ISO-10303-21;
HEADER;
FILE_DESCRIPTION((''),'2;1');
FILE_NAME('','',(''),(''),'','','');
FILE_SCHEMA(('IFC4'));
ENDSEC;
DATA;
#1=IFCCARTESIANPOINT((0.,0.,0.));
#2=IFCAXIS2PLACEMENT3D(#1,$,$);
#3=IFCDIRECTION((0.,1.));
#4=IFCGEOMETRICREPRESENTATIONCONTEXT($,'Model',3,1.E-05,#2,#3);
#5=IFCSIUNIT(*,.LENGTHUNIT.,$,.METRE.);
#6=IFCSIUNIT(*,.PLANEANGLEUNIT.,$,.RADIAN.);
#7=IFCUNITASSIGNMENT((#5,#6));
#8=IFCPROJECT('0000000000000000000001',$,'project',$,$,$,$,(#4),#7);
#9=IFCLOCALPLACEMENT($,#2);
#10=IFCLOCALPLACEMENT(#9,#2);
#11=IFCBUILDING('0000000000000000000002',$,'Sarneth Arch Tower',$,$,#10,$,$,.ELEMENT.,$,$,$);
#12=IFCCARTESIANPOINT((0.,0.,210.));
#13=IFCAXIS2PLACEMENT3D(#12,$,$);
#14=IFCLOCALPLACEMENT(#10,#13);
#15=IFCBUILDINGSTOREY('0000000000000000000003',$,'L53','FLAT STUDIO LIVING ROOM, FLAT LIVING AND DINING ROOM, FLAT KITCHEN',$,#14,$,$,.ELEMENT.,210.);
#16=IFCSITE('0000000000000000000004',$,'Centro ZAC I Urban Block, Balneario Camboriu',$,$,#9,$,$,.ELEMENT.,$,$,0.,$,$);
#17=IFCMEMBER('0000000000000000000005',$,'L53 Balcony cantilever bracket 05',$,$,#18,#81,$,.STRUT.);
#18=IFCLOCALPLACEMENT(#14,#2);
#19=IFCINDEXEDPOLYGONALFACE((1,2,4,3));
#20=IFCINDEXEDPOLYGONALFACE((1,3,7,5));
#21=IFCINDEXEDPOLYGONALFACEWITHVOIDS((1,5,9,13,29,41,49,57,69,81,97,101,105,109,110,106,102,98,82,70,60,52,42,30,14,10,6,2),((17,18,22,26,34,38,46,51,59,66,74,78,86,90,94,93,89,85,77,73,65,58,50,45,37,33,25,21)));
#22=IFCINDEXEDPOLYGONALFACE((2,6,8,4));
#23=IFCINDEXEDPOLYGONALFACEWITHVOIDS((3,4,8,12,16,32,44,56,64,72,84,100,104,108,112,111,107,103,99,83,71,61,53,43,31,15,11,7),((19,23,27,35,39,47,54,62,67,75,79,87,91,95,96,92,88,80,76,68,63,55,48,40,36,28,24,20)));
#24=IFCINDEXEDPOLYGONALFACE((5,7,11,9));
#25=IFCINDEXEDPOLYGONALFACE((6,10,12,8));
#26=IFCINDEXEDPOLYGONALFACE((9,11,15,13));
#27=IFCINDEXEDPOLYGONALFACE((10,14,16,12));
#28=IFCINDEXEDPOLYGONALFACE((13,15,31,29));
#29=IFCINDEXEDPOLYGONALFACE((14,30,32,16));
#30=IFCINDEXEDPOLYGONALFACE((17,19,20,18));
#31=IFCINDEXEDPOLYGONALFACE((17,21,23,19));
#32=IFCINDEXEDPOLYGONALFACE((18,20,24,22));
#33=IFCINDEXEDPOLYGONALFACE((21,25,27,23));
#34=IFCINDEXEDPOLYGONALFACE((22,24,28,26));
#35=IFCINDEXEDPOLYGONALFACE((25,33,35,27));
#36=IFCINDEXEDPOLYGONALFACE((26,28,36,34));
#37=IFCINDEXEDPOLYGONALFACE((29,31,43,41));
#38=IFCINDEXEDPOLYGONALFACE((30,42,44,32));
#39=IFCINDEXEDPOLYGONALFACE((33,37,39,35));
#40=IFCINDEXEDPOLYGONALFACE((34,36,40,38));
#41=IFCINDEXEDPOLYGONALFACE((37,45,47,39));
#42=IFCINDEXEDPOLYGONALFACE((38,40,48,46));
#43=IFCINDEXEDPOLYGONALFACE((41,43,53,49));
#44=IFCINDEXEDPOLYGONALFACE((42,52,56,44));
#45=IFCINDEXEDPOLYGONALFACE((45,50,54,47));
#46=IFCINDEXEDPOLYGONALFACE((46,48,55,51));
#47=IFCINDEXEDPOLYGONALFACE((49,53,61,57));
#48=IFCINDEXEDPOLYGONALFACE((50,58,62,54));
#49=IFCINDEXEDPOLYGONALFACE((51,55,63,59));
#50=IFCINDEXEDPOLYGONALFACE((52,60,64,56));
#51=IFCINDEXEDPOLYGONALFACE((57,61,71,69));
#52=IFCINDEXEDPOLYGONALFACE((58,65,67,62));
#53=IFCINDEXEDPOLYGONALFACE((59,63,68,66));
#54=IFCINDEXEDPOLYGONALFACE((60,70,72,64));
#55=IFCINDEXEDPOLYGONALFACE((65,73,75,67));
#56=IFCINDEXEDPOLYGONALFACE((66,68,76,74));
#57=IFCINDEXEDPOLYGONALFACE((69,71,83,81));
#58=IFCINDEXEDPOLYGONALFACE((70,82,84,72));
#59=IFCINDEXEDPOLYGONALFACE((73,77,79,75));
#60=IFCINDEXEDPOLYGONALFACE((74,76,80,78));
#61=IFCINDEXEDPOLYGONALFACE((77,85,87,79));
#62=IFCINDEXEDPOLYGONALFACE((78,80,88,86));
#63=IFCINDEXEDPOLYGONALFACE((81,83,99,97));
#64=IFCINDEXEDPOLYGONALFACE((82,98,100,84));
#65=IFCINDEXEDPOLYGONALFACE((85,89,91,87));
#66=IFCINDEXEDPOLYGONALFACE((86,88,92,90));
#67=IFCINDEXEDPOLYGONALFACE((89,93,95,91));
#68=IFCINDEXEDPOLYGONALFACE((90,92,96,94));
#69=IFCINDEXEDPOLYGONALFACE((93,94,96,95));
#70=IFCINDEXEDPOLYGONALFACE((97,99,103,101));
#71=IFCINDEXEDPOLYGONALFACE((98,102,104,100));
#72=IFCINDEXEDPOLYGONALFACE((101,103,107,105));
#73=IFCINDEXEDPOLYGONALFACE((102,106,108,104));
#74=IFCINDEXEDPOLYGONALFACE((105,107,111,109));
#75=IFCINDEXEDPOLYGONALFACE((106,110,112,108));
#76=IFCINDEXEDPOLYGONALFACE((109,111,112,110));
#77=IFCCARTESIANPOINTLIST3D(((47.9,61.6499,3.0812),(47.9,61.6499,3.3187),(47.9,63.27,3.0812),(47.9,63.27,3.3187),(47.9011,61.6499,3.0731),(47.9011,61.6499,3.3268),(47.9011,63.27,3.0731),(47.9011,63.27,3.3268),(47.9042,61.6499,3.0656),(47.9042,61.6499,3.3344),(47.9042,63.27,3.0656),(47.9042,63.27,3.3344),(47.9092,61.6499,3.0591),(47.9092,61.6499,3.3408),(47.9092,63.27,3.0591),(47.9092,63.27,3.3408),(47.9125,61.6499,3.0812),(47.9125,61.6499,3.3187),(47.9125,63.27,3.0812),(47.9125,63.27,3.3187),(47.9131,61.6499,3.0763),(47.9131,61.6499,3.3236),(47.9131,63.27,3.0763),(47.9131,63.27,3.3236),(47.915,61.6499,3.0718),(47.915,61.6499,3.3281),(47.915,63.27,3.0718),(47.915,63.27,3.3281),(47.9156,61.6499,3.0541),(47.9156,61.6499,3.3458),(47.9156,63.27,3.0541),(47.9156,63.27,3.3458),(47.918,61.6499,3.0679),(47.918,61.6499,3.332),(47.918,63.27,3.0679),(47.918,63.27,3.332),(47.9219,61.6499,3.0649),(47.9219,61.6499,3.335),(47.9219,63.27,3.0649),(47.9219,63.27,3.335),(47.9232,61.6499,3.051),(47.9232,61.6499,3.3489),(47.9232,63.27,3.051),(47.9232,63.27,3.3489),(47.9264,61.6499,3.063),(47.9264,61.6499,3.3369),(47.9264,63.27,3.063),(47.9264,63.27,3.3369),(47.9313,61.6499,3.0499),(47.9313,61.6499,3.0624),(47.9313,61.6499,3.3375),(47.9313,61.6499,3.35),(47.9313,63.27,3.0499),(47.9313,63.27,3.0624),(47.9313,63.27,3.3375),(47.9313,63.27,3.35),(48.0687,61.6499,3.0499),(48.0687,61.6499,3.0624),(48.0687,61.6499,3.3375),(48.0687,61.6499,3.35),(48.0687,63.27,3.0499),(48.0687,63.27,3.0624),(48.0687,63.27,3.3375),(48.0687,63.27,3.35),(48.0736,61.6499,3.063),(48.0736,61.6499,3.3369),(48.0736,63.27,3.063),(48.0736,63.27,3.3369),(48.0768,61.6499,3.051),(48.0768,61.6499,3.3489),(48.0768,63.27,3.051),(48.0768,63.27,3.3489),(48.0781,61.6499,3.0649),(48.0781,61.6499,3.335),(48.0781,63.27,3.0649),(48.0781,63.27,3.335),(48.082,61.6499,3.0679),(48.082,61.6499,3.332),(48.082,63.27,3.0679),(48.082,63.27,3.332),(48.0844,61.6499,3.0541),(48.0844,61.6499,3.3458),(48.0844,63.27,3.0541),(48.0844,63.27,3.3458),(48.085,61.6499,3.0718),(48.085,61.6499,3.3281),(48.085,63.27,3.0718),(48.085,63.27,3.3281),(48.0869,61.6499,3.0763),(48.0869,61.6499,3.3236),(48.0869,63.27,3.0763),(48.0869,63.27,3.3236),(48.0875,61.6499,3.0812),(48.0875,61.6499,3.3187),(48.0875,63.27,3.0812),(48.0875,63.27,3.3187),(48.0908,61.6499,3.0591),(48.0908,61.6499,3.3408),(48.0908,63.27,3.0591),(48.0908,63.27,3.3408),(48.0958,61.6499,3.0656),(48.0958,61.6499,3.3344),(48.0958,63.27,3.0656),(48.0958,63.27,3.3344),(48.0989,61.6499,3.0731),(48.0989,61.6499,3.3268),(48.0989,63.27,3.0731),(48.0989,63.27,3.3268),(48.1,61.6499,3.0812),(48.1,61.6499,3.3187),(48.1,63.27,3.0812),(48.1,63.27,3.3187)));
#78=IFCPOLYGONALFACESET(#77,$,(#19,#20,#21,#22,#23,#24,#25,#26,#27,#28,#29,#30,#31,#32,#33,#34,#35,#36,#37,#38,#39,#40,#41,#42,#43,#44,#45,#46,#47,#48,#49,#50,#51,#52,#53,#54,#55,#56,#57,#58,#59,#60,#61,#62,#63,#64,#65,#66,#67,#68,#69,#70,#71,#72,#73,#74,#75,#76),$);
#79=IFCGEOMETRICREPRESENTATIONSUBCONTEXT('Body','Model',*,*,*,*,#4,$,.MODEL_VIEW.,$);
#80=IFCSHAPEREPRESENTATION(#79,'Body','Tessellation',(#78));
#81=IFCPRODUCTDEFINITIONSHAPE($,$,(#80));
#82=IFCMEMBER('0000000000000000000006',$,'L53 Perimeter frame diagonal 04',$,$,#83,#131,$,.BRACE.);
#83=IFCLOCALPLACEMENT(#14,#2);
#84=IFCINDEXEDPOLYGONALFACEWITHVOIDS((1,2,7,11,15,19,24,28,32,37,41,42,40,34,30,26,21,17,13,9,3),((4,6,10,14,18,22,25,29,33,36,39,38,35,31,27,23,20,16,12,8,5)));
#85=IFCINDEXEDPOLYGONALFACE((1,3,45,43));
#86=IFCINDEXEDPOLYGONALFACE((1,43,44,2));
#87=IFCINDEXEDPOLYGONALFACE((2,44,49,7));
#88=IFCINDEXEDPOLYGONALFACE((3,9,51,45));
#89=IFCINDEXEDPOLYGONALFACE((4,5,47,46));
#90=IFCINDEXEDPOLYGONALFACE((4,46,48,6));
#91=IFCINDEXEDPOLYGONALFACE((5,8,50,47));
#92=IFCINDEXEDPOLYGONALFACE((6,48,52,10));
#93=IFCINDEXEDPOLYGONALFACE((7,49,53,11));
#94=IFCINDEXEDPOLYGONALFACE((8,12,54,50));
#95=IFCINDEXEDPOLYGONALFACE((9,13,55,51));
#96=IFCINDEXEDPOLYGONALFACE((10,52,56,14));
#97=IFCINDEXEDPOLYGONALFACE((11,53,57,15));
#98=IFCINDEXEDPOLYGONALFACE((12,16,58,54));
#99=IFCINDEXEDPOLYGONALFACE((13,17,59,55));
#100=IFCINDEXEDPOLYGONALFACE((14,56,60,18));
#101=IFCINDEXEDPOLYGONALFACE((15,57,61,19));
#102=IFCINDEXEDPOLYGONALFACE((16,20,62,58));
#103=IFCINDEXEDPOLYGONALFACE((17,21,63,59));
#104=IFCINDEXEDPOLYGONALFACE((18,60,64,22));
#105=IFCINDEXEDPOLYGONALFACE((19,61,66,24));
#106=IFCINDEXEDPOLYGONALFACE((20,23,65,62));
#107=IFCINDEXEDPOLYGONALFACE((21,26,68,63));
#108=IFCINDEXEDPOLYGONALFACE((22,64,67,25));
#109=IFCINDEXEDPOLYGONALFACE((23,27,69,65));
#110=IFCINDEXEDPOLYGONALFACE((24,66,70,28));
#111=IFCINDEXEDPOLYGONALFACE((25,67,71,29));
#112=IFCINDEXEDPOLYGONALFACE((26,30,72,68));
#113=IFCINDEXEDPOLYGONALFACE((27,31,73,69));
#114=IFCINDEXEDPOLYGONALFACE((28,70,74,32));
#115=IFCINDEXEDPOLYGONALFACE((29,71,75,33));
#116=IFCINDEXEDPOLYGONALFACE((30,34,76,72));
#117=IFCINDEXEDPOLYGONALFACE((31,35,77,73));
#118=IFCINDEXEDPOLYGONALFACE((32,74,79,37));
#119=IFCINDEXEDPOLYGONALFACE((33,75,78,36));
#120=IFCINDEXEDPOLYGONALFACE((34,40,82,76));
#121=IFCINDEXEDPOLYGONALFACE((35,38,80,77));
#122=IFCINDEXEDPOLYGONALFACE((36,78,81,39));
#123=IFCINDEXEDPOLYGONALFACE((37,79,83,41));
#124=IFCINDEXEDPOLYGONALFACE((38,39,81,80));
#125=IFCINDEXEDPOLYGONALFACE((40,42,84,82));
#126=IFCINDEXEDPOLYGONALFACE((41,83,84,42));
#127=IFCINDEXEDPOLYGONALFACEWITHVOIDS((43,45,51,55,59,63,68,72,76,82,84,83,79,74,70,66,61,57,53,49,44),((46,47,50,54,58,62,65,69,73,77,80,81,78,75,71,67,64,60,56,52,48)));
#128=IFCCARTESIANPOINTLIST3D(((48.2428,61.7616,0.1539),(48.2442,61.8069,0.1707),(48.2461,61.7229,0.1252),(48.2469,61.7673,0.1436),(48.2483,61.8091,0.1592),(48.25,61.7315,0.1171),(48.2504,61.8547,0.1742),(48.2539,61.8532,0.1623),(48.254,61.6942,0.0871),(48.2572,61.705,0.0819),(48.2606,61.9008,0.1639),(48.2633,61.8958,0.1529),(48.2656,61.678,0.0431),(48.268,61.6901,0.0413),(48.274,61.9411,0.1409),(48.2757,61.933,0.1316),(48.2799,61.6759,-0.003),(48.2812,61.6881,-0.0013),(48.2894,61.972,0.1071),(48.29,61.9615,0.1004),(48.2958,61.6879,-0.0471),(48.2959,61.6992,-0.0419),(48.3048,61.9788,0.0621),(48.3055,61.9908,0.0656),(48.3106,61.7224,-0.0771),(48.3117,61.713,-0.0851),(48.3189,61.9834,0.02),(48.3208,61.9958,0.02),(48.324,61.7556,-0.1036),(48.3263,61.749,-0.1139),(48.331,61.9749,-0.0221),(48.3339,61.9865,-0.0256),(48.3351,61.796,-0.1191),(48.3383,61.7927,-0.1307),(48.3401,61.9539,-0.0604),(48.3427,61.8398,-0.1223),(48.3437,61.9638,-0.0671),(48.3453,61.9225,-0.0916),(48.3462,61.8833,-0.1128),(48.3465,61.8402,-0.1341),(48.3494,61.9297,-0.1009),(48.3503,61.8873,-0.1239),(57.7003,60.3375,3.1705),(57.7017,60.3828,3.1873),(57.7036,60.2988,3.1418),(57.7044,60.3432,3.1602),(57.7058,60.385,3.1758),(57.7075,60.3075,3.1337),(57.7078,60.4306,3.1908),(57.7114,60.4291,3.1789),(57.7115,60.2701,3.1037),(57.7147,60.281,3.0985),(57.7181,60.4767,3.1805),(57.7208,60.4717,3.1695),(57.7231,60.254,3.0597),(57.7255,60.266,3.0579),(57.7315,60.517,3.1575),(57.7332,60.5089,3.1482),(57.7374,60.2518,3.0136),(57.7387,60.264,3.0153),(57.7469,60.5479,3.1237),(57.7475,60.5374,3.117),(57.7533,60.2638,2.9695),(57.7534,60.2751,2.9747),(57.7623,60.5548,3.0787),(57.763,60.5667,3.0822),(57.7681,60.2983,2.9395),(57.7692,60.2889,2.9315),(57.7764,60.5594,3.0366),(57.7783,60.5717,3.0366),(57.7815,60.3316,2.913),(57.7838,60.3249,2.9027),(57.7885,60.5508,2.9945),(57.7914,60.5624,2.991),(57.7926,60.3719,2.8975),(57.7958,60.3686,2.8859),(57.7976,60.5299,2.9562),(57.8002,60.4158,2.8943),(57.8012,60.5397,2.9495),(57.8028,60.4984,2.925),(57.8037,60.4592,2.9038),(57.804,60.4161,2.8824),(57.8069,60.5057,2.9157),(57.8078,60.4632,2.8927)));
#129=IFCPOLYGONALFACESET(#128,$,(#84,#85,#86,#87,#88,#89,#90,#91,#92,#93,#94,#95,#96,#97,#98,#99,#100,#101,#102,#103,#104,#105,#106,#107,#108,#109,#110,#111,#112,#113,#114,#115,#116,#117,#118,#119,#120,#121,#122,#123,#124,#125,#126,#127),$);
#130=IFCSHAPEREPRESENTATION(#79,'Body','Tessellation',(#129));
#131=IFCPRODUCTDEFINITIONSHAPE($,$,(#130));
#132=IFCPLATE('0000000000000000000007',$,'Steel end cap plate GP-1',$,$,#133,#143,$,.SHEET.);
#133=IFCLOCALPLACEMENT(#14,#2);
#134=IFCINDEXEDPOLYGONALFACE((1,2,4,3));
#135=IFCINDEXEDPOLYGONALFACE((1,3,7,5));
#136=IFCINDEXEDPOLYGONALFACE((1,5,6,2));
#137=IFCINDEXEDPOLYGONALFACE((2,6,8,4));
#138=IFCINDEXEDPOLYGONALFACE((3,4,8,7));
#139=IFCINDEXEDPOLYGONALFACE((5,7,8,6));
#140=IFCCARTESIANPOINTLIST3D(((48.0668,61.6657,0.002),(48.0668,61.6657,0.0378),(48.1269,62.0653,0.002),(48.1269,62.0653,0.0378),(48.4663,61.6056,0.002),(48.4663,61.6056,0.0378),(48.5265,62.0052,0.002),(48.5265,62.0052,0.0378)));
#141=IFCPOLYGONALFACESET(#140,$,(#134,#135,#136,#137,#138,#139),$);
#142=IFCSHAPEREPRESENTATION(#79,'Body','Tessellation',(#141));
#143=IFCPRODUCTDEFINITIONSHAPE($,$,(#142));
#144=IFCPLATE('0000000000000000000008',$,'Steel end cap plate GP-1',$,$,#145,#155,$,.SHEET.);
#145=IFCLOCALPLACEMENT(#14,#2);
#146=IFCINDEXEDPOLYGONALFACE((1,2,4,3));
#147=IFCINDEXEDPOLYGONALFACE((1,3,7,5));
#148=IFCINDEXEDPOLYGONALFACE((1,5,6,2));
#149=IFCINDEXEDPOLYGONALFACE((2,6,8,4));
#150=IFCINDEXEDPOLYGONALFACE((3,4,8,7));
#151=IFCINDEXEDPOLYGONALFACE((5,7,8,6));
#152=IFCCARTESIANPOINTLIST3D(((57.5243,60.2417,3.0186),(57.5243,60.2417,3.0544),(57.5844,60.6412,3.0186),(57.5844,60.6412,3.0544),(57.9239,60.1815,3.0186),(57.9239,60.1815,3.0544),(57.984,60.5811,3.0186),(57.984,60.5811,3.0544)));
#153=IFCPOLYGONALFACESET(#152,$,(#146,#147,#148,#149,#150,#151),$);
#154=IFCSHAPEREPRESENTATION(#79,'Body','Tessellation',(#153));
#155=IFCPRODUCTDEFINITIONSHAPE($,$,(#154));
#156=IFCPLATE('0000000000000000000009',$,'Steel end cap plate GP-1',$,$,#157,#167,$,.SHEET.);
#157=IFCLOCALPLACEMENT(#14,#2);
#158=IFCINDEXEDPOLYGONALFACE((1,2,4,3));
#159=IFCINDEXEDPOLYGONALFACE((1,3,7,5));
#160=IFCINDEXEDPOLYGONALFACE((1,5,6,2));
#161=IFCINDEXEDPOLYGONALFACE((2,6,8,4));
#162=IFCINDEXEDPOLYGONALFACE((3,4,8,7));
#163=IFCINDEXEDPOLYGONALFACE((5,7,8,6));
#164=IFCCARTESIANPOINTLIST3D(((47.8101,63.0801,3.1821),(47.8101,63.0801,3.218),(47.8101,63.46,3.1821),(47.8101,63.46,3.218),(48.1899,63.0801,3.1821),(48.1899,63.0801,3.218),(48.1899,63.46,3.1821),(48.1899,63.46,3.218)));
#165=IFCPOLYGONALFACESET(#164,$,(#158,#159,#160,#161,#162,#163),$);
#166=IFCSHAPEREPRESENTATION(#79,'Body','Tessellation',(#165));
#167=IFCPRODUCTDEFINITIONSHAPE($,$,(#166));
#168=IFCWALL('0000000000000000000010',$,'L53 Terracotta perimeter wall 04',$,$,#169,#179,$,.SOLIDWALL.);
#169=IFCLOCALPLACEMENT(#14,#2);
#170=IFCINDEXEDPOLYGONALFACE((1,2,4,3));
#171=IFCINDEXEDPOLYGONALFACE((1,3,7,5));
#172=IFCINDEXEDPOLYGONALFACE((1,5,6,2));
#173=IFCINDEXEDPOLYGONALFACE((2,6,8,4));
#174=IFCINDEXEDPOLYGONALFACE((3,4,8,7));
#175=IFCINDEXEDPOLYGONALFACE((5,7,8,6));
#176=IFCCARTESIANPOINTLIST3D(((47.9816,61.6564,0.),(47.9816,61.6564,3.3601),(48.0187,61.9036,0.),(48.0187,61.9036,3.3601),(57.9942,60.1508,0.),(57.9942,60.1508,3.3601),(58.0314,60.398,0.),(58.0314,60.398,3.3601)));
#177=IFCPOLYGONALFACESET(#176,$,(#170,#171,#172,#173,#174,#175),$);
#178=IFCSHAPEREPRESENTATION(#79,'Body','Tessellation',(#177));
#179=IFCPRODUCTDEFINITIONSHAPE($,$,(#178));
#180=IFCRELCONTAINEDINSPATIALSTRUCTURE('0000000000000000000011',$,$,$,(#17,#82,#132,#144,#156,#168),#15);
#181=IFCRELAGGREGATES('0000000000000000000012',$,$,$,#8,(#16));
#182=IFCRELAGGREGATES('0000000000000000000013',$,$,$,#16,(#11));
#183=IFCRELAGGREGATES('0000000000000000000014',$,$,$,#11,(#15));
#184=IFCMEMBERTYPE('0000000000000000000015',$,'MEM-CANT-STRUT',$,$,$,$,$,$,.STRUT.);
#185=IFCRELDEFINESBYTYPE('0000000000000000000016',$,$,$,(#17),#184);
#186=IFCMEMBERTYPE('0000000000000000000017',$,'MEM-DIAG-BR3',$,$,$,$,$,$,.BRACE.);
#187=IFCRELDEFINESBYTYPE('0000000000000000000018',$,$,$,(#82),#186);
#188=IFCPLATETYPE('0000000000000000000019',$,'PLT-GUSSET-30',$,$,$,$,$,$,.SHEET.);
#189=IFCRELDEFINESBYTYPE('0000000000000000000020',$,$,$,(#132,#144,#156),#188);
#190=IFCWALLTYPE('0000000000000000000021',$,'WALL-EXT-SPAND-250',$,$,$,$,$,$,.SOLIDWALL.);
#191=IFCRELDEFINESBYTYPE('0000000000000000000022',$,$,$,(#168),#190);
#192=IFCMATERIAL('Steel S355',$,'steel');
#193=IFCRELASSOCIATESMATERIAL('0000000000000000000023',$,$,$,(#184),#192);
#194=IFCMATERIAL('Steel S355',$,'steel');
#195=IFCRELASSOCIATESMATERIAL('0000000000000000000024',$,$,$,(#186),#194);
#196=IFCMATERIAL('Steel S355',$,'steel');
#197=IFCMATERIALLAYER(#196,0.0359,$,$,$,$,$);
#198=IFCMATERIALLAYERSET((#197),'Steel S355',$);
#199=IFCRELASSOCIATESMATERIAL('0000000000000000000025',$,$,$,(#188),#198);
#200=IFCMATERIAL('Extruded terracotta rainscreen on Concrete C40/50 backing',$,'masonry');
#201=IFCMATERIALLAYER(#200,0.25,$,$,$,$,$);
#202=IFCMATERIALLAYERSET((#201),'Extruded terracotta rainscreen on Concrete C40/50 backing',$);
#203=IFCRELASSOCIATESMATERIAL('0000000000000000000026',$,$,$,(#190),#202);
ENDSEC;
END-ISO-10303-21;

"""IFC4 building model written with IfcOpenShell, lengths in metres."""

from ifc_helpers import new_model, si_unit, direction, frame, frame_2d, origin, origin_2d, place, context, subcontext, project, spatial, rectangle, hollow_rectangle, hollow_circle, extrude, material, layer, layer_set, material_profile, profile_set, type_object, element, save


model = new_model("IFC4")

# Units and contexts
model_context = context("Model", 3, precision=1e-05, world=origin(), true_north=direction((0.0, 1.0)))
body_context = subcontext(model_context, "Body", "Model", "MODEL_VIEW")
ifc_project = project(units=[si_unit("LENGTHUNIT", "METRE"), si_unit("PLANEANGLEUNIT", "RADIAN")], contexts=[model_context])

# Site, building, storey
site_placement = place(None, origin())
site = spatial("IfcSite", under=ifc_project, at=site_placement, Name="Centro ZAC I Urban Block, Balneario Camboriu", CompositionType="ELEMENT", RefElevation=0.0)
building_placement = place(site_placement, origin())
building = spatial("IfcBuilding", under=site, at=building_placement, Name="Sarneth Arch Tower", CompositionType="ELEMENT")
storey_placement = place(building_placement, frame((0.0, 0.0, 210.0)))
storey = spatial("IfcBuildingStorey", under=building, at=storey_placement, Name="L53", Description="FLAT STUDIO LIVING ROOM, FLAT LIVING AND DINING ROOM, FLAT KITCHEN", CompositionType="ELEMENT", Elevation=210.0)

# Members
ifc_material_1 = material(Name="Steel S355", Category="steel")
ifc_material_profile_1 = material_profile(ifc_material_1, hollow_rectangle(XDim=0.2, YDim=0.3, WallThickness=0.0125, InnerFilletRadius=0.0188, OuterFilletRadius=0.0312, at=origin_2d()), Name="RHS300x200x12.5")
ifc_profile_set_1 = profile_set([ifc_material_profile_1], Name="Steel S355")
member_type_1 = type_object("IfcMemberType", Name="MEM-CANT-STRUT", PredefinedType="STRUT", material=ifc_profile_set_1)
member_1_placement = place(storey_placement, frame((48.0, 61.6499, 3.2), z_axis=(0.0, 1.0, 0.0), x_axis=(-1.0, 0.0, 0.0)))
element("IfcMember", 1, at=member_1_placement, inside=storey, type_object=member_type_1, Name="L53 Balcony cantilever bracket 05", PredefinedType="STRUT", context=body_context, shape_type="SweptSolid", body=[
    extrude(hollow_rectangle(XDim=0.2, YDim=0.3, WallThickness=0.0125, InnerFilletRadius=0.0188, OuterFilletRadius=0.0312, at=origin_2d()), origin(), (0.0, 0.0, 1.0), 1.6201),
])
ifc_material_2 = material(Name="Steel S355", Category="steel")
ifc_material_profile_2 = material_profile(ifc_material_2, hollow_circle(Radius=0.1621, WallThickness=0.0125, at=origin_2d()), Name="CHS324x12.5")
ifc_profile_set_2 = profile_set([ifc_material_profile_2], Name="Steel S355")
member_type_2 = type_object("IfcMemberType", Name="MEM-DIAG-BR3", PredefinedType="BRACE", material=ifc_profile_set_2)
member_2_placement = place(storey_placement, frame((48.2966, 61.8354, 0.02), z_axis=(0.943056, -0.142001, 0.3008), x_axis=(0.148897, 0.988853, 0.0)))
element("IfcMember", 2, at=member_2_placement, inside=storey, type_object=member_type_2, Name="L53 Perimeter frame diagonal 04", PredefinedType="BRACE", context=body_context, shape_type="SweptSolid", body=[
    extrude(hollow_circle(Radius=0.1621, WallThickness=0.0125, at=origin_2d()), origin(), (0.0, 0.0, 1.0), 10.0286),
])

# Plates
ifc_material_3 = material(Name="Steel S355", Category="steel")
ifc_layer_1 = layer(ifc_material_3, 0.0359)
ifc_layer_set_1 = layer_set([ifc_layer_1], Name="Steel S355")
plate_type = type_object("IfcPlateType", Name="PLT-GUSSET-30", PredefinedType="SHEET", material=ifc_layer_set_1)
for number, where, z_axis, x_axis, name in (
    (3, (48.2966, 61.8354, 0.002), (0.0, 0.0, 1.0), (-0.988861, 0.148845, 0.0), "Steel end cap plate GP-1"),
    (4, (57.7542, 60.4114, 3.0186), (0.0, 0.0, 1.0), (-0.988861, 0.148845, 0.0), "Steel end cap plate GP-1"),
):
    element("IfcPlate", number, at=place(storey_placement, frame(where, z_axis=z_axis, x_axis=x_axis)), inside=storey, type_object=plate_type, Name=name, PredefinedType="SHEET", context=body_context, shape_type="SweptSolid", body=[
        extrude(rectangle(XDim=0.4041, YDim=0.4041, at=origin_2d()), origin(), (0.0, 0.0, 1.0), 0.0359),
    ])
plate_placement = place(storey_placement, frame((48.0, 63.27, 3.1821), z_axis=(0.0, 0.0, 1.0), x_axis=(0.0, 1.0, 0.0)))
element("IfcPlate", 5, at=plate_placement, inside=storey, type_object=plate_type, Name="Steel end cap plate GP-1", PredefinedType="SHEET", context=body_context, shape_type="SweptSolid", body=[
    extrude(rectangle(XDim=0.3799, YDim=0.3799, at=origin_2d()), origin(), (0.0, 0.0, 1.0), 0.0359),
])

# Wall
ifc_material_4 = material(Name="Extruded terracotta rainscreen on Concrete C40/50 backing", Category="masonry")
ifc_layer_2 = layer(ifc_material_4, 0.25)
ifc_layer_set_2 = layer_set([ifc_layer_2], Name="Extruded terracotta rainscreen on Concrete C40/50 backing")
wall_type_1 = type_object("IfcWallType", Name="WALL-EXT-SPAND-250", PredefinedType="SOLIDWALL", material=ifc_layer_set_2)
wall_1_placement = place(storey_placement, frame((58.0127, 60.2744, 0.0), z_axis=(0.0, 0.0, 1.0), x_axis=(-0.988883, 0.148699, 0.0)))
element("IfcWall", 6, at=wall_1_placement, inside=storey, type_object=wall_type_1, Name="L53 Terracotta perimeter wall 04", PredefinedType="SOLIDWALL", context=body_context, shape_type="SweptSolid", body=[
    extrude(rectangle(XDim=10.1252, YDim=0.25, at=frame_2d((5.0625, 0.0))), origin(), (0.0, 0.0, 1.0), 3.3601),
])

save(model, "model.ifc")
